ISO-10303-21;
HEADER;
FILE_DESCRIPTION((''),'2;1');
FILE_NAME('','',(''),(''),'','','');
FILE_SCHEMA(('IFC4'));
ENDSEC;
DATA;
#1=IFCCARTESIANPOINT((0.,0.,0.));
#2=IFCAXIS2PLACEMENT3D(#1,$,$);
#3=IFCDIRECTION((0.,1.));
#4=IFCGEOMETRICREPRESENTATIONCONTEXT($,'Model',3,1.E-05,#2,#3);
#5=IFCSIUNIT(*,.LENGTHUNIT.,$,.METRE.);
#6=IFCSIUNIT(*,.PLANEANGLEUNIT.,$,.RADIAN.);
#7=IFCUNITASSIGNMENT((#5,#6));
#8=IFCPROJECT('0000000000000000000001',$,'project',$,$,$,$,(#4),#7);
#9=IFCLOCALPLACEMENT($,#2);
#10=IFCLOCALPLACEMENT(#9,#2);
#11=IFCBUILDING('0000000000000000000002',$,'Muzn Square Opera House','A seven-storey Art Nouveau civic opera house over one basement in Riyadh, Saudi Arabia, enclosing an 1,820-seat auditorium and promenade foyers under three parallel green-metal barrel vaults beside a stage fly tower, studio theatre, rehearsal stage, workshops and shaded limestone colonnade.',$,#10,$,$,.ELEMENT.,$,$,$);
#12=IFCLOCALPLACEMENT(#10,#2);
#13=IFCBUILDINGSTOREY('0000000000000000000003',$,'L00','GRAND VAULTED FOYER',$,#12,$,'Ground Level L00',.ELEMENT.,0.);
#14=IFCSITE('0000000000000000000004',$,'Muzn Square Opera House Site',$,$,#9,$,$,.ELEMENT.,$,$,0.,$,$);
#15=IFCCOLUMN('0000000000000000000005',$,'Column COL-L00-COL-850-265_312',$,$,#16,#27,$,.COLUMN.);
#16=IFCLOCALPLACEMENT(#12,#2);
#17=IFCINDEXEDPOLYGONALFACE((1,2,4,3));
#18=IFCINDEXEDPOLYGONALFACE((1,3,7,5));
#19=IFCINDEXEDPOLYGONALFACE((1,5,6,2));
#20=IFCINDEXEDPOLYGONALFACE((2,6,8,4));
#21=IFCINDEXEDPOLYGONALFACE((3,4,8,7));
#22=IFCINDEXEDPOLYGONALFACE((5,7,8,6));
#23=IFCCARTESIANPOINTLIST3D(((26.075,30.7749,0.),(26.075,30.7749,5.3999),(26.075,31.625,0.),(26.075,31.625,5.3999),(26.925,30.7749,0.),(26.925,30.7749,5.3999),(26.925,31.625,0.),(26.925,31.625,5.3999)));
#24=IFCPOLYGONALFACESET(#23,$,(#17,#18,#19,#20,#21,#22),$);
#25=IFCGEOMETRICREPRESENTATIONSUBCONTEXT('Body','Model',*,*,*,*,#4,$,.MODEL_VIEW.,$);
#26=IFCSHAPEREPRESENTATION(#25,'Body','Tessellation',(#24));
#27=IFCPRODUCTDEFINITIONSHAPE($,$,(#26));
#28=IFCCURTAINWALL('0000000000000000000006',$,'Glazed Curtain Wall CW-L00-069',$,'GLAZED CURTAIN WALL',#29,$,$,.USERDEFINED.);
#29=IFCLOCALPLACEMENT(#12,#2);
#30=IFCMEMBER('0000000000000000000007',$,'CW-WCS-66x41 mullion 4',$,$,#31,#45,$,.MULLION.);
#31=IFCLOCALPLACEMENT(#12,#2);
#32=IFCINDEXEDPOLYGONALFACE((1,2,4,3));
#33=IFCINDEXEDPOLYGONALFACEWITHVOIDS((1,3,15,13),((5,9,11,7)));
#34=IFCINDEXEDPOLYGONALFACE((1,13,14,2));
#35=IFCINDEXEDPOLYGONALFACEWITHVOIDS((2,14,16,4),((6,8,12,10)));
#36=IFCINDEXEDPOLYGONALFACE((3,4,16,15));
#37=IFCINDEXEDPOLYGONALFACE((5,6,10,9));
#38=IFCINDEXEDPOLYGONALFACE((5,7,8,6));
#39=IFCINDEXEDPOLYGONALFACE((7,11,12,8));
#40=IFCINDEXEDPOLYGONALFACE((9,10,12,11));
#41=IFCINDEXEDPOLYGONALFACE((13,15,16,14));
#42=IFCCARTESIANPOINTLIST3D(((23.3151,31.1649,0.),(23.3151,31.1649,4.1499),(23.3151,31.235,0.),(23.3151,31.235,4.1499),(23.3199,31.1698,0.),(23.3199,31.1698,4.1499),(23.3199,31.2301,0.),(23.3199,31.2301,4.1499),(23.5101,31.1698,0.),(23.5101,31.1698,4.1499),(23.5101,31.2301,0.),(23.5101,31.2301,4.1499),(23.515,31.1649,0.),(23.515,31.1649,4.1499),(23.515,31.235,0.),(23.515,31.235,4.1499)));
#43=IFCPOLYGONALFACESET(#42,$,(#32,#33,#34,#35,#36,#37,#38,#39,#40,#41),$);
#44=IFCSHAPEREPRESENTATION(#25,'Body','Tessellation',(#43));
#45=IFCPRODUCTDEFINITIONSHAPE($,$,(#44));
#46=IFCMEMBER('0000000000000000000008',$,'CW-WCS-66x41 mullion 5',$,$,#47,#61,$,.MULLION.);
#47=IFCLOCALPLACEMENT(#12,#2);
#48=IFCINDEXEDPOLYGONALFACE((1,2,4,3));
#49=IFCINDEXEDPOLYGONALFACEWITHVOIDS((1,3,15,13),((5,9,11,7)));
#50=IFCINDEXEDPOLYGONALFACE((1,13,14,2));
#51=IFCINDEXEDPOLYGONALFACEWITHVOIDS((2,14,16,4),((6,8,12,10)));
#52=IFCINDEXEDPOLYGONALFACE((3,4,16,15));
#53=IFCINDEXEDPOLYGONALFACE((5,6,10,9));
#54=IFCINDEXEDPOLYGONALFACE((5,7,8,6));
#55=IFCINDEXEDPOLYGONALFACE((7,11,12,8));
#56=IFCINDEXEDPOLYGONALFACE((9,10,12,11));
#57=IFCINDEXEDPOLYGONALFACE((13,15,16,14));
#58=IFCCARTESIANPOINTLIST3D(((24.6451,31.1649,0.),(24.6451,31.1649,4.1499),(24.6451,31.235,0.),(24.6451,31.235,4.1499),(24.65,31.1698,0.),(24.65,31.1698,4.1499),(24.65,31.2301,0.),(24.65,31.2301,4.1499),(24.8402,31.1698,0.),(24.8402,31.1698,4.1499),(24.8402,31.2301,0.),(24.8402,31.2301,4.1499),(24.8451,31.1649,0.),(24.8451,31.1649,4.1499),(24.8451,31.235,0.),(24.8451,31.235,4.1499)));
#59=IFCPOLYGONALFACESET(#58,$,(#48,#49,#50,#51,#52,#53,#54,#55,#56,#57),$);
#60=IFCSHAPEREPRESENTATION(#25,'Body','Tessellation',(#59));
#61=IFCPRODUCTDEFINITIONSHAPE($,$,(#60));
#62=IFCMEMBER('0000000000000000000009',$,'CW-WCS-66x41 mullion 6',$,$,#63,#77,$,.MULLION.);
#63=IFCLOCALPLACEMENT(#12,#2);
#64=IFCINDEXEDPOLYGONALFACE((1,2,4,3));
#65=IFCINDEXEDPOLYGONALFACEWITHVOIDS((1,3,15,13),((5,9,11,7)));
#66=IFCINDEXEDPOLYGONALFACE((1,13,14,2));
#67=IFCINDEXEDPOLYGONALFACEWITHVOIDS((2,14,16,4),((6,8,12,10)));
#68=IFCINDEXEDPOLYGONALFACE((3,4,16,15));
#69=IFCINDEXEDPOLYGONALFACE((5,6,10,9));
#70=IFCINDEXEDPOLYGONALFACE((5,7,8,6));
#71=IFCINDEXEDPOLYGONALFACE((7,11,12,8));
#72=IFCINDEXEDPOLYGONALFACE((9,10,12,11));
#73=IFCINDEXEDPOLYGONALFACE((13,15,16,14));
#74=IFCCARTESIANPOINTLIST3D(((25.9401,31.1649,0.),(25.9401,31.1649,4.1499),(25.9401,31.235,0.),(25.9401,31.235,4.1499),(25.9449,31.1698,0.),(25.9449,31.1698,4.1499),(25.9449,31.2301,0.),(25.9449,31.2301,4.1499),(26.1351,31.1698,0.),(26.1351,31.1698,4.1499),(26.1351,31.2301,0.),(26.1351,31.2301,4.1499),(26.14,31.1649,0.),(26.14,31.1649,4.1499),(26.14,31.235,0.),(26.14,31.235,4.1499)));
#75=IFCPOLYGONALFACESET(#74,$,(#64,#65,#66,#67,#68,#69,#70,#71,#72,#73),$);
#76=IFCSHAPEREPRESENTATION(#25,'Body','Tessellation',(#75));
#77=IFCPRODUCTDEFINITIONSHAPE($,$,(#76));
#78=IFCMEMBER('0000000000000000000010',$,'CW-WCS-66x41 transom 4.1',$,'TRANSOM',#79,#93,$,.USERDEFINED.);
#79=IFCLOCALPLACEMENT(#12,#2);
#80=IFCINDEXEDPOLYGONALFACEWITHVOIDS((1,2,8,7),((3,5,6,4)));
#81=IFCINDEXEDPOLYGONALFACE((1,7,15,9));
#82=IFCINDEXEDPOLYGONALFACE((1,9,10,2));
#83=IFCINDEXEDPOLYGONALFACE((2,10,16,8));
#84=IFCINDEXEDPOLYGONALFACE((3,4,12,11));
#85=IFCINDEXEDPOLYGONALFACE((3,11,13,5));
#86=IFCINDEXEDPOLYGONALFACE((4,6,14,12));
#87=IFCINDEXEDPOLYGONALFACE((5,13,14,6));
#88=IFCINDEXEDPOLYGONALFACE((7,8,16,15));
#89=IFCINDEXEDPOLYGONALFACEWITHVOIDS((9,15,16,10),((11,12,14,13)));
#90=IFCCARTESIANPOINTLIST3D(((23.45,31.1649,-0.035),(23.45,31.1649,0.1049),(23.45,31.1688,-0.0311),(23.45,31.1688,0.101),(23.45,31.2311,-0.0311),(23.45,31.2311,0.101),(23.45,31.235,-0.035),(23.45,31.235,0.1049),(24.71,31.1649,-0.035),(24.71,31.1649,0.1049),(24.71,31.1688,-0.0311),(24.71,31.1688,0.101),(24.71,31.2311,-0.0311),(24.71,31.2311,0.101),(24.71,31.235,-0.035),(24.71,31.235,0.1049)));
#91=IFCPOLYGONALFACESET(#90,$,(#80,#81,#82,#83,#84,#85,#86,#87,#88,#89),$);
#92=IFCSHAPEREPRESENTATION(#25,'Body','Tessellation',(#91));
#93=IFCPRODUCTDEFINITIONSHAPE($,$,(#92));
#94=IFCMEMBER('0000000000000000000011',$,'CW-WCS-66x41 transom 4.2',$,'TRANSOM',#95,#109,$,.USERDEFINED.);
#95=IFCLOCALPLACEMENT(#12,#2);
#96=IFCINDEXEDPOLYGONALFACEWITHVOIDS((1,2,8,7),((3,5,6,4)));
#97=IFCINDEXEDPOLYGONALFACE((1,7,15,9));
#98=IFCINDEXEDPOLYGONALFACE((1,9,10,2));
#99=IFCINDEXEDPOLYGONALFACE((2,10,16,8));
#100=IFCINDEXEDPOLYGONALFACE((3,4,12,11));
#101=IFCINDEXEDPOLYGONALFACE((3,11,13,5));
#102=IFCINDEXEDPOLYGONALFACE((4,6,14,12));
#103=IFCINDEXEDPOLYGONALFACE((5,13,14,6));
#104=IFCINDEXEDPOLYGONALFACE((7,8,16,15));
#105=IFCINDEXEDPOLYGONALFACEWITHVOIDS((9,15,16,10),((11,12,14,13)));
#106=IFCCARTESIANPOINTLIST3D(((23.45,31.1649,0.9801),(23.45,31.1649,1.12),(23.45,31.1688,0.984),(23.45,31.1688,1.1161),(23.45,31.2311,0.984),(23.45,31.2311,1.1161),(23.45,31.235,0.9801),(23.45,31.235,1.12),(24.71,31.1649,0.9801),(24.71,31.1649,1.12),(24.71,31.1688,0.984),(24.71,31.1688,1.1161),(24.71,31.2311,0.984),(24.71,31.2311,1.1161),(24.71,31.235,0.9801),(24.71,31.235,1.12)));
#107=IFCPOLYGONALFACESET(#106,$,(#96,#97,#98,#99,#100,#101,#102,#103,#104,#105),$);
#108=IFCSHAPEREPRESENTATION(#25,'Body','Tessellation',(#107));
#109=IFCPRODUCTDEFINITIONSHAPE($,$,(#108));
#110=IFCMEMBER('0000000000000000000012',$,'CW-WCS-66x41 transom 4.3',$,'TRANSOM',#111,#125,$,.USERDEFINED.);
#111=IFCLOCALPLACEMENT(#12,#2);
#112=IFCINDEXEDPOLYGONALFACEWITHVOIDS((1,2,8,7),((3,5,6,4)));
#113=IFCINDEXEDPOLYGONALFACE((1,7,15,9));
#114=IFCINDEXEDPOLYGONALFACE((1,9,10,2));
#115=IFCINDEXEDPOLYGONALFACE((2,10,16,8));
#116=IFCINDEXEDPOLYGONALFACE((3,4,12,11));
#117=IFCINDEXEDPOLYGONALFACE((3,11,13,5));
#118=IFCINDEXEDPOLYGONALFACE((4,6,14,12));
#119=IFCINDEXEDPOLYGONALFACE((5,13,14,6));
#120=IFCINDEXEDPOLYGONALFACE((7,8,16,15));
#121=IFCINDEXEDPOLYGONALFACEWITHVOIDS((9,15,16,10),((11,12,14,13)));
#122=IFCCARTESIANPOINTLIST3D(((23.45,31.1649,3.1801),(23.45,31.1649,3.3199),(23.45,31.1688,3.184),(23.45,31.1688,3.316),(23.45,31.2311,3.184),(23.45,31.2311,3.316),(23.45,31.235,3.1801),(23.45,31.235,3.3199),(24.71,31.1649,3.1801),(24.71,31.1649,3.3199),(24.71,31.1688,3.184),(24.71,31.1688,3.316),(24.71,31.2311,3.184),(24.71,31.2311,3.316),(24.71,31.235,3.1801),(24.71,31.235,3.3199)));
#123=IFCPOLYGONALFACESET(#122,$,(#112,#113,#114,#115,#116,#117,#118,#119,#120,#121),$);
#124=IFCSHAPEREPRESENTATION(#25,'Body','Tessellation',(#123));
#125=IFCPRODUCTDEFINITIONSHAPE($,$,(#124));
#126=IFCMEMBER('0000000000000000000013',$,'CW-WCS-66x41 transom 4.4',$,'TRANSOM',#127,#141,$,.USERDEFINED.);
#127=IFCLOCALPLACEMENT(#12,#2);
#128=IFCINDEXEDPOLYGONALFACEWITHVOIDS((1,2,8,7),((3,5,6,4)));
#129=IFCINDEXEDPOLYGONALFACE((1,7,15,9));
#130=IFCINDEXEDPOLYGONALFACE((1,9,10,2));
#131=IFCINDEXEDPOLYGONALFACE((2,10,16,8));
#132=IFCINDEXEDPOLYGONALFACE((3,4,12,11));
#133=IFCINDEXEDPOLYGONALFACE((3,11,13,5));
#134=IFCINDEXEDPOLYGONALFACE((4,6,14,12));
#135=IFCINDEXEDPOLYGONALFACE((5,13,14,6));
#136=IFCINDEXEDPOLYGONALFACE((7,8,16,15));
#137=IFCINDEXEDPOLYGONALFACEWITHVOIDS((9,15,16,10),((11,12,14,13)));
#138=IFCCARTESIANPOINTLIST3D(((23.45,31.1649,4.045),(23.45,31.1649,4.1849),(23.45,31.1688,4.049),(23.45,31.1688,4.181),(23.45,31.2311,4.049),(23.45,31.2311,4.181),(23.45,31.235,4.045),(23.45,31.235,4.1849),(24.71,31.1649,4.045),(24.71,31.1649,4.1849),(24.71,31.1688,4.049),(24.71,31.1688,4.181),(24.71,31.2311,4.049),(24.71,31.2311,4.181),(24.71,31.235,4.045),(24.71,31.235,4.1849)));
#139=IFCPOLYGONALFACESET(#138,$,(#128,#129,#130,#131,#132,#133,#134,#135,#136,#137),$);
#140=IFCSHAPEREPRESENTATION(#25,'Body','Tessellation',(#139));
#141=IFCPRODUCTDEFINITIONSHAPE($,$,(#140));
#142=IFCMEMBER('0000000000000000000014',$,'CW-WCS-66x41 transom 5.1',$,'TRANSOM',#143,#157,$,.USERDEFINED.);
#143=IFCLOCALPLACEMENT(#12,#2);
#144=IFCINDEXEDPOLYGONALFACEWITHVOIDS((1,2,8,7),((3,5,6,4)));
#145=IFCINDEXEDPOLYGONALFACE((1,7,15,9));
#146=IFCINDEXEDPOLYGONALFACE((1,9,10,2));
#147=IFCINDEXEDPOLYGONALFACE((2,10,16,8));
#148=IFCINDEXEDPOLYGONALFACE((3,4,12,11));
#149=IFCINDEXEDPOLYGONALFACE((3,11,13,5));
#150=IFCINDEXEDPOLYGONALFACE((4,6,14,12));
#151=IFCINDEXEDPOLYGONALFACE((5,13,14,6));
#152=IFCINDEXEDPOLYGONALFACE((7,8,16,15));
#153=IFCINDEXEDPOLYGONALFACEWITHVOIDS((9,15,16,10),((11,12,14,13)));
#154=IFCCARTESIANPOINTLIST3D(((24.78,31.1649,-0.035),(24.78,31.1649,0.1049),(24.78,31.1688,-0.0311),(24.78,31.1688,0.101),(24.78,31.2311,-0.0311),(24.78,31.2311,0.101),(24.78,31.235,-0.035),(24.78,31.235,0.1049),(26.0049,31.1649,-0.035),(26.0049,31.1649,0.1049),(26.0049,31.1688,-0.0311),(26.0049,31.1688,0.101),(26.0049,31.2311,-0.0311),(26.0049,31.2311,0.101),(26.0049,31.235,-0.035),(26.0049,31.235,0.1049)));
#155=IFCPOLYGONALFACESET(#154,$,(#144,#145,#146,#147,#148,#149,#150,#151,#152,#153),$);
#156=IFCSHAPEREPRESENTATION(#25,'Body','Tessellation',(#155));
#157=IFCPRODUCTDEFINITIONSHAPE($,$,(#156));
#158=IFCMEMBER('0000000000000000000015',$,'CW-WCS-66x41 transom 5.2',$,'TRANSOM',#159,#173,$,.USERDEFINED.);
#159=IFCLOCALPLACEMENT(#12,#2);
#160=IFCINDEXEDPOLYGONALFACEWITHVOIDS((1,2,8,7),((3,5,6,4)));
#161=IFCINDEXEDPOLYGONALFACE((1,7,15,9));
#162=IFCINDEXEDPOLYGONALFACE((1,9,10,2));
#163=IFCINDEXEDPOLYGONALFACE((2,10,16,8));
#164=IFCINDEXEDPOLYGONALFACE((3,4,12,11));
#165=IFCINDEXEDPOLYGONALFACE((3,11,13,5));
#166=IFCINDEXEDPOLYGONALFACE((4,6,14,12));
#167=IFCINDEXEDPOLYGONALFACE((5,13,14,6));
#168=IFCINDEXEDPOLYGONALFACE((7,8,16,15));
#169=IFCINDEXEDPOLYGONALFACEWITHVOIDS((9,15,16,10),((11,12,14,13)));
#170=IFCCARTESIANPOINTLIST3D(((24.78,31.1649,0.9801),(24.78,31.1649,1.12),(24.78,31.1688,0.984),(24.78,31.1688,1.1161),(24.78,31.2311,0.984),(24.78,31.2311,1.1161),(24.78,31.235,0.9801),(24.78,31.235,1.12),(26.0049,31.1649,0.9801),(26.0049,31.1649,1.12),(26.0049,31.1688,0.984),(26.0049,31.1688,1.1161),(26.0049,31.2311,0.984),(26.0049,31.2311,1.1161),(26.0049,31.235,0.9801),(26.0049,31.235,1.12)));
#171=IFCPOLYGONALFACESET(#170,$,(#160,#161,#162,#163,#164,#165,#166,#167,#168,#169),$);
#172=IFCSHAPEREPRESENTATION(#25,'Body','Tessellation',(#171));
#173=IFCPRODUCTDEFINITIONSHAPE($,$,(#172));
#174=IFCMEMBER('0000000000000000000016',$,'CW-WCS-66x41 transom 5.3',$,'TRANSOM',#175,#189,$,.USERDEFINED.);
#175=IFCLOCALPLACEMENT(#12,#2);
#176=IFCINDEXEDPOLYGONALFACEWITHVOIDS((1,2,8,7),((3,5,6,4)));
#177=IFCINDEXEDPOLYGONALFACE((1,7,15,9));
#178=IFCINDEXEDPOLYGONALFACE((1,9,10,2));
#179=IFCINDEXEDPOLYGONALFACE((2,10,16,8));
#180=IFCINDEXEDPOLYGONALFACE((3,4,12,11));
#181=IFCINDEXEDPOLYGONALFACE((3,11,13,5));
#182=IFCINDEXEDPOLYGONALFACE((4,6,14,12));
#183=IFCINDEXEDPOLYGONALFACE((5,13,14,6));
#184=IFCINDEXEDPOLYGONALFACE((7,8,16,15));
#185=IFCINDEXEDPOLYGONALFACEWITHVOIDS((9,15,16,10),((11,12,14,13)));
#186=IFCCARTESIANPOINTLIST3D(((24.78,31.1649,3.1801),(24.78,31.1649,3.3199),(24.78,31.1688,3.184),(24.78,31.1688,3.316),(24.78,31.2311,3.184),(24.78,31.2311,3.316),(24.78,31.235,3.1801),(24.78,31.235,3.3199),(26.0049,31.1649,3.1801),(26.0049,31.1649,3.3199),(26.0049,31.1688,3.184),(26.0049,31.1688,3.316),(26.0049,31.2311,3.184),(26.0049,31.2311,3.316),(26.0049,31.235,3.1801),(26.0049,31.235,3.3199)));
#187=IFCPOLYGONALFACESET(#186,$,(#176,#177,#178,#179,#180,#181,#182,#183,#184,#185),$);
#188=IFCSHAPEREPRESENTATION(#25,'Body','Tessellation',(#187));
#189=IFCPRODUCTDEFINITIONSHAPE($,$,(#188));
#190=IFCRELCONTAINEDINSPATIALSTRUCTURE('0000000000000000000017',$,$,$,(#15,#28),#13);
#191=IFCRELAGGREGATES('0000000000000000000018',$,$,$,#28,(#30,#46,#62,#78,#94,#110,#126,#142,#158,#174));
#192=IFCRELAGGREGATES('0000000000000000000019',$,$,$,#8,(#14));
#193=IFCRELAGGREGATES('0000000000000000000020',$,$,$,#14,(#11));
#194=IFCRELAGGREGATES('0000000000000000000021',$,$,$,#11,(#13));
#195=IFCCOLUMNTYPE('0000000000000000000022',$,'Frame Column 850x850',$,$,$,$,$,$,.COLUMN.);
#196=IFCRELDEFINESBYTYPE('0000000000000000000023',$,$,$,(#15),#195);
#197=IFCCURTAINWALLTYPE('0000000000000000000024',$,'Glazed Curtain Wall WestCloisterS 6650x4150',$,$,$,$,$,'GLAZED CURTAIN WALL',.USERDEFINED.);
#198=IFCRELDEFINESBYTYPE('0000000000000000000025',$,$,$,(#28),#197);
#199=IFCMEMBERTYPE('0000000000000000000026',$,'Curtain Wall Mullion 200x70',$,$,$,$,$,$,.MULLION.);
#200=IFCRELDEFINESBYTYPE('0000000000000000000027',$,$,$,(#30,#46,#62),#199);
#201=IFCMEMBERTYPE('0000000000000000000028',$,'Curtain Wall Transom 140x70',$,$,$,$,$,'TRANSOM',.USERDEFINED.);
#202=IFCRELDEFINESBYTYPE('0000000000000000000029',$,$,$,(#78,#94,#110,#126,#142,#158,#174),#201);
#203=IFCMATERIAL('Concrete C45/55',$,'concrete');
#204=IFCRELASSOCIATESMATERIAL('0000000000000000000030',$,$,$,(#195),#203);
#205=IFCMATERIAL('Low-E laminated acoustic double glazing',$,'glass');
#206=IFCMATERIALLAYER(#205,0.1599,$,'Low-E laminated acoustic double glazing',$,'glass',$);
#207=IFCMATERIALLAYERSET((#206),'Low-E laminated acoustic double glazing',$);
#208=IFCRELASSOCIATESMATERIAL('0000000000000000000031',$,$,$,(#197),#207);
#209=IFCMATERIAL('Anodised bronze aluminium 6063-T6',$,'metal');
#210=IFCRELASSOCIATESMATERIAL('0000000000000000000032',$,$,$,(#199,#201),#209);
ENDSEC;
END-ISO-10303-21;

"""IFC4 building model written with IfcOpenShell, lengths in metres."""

from ifc_helpers import new_model, si_unit, direction, frame, origin, origin_2d, place, context, subcontext, project, spatial, rectangle, hollow_rectangle, extrude, material, layer, layer_set, material_profile, profile_set, type_object, element, aggregate, save


model = new_model("IFC4")

# Units and contexts
model_context = context("Model", 3, precision=1e-05, world=origin(), true_north=direction((0.0, 1.0)))
body_context = subcontext(model_context, "Body", "Model", "MODEL_VIEW")
ifc_project = project(units=[si_unit("LENGTHUNIT", "METRE"), si_unit("PLANEANGLEUNIT", "RADIAN")], contexts=[model_context])

# Site, building, storey
site_placement = place(None, origin())
site = spatial("IfcSite", under=ifc_project, at=site_placement, Name="Muzn Square Opera House Site", CompositionType="ELEMENT", RefElevation=0.0)
building_placement = place(site_placement, origin())
building = spatial("IfcBuilding", under=site, at=building_placement, Name="Muzn Square Opera House", Description="A seven-storey Art Nouveau civic opera house over one basement in Riyadh, Saudi Arabia, enclosing an 1,820-seat auditorium and promenade foyers under three parallel green-metal barrel vaults beside a stage fly tower, studio theatre, rehearsal stage, workshops and shaded limestone colonnade.", CompositionType="ELEMENT")
storey_placement = place(building_placement, origin())
storey = spatial("IfcBuildingStorey", under=building, at=storey_placement, Name="L00", Description="GRAND VAULTED FOYER", LongName="Ground Level L00", CompositionType="ELEMENT", Elevation=0.0)

# Column
ifc_material_1 = material(Name="Concrete C45/55", Category="concrete")
ifc_material_profile_1 = material_profile(ifc_material_1, rectangle(XDim=0.8501, YDim=0.8501, at=origin_2d()), Name="RC 850x850", Category="concrete")
ifc_profile_set_1 = profile_set([ifc_material_profile_1], Name="Concrete C45/55")
column_type = type_object("IfcColumnType", Name="Frame Column 850x850", PredefinedType="COLUMN", material=ifc_profile_set_1)
column_placement = place(storey_placement, frame((26.5, 31.2, 0.0), z_axis=(0.0, 0.0, 1.0), x_axis=(1.0, 0.0, 0.0)))
element("IfcColumn", 1, at=column_placement, inside=storey, type_object=column_type, Name="Column COL-L00-COL-850-265_312", PredefinedType="COLUMN", context=body_context, shape_type="SweptSolid", body=[
    extrude(rectangle(XDim=0.8501, YDim=0.8501, at=origin_2d()), origin(), (0.0, 0.0, 1.0), 5.3999),
])

# Curtain wall, members
ifc_material_2 = material(Name="Low-E laminated acoustic double glazing", Category="glass")
ifc_layer_1 = layer(ifc_material_2, 0.1599, Name="Low-E laminated acoustic double glazing", Category="glass")
ifc_layer_set_1 = layer_set([ifc_layer_1], Name="Low-E laminated acoustic double glazing")
curtain_wall_type = type_object("IfcCurtainWallType", Name="Glazed Curtain Wall WestCloisterS 6650x4150", ElementType="GLAZED CURTAIN WALL", PredefinedType="USERDEFINED", material=ifc_layer_set_1)
curtain_wall_placement = place(storey_placement, origin())
curtain_wall = element("IfcCurtainWall", 2, at=curtain_wall_placement, inside=storey, type_object=curtain_wall_type, Name="Glazed Curtain Wall CW-L00-069", ObjectType="GLAZED CURTAIN WALL", PredefinedType="USERDEFINED")
ifc_material_3 = material(Name="Anodised bronze aluminium 6063-T6", Category="metal")
ifc_material_profile_2 = material_profile(ifc_material_3, hollow_rectangle(XDim=0.0701, YDim=0.2, WallThickness=0.0049, at=origin_2d()), Name="ALU 200x70x5", Category="metal")
ifc_profile_set_2 = profile_set([ifc_material_profile_2], Name="Anodised bronze aluminium 6063-T6")
member_type_1 = type_object("IfcMemberType", Name="Curtain Wall Mullion 200x70", PredefinedType="MULLION", material=ifc_profile_set_2)
member_1_placement = place(storey_placement, frame((23.415, 31.2, 0.0), z_axis=(0.0, 0.0, 1.0), x_axis=(0.0, 1.0, 0.0)))
member_1 = element("IfcMember", 3, at=member_1_placement, type_object=member_type_1, Name="CW-WCS-66x41 mullion 4", PredefinedType="MULLION", context=body_context, shape_type="SweptSolid", body=[
    extrude(hollow_rectangle(XDim=0.0701, YDim=0.2, WallThickness=0.0049, at=origin_2d()), origin(), (0.0, 0.0, 1.0), 4.1499),
])
member_2_placement = place(storey_placement, frame((24.7451, 31.2, 0.0), z_axis=(0.0, 0.0, 1.0), x_axis=(0.0, 1.0, 0.0)))
member_2 = element("IfcMember", 4, at=member_2_placement, type_object=member_type_1, Name="CW-WCS-66x41 mullion 5", PredefinedType="MULLION", context=body_context, shape_type="SweptSolid", body=[
    extrude(hollow_rectangle(XDim=0.0701, YDim=0.2, WallThickness=0.0049, at=origin_2d()), origin(), (0.0, 0.0, 1.0), 4.1499),
])
member_3_placement = place(storey_placement, frame((26.04, 31.2, 0.0), z_axis=(0.0, 0.0, 1.0), x_axis=(0.0, 1.0, 0.0)))
member_3 = element("IfcMember", 5, at=member_3_placement, type_object=member_type_1, Name="CW-WCS-66x41 mullion 6", PredefinedType="MULLION", context=body_context, shape_type="SweptSolid", body=[
    extrude(hollow_rectangle(XDim=0.0701, YDim=0.2, WallThickness=0.0049, at=origin_2d()), origin(), (0.0, 0.0, 1.0), 4.1499),
])
ifc_material_profile_3 = material_profile(ifc_material_3, hollow_rectangle(XDim=0.0701, YDim=0.1399, WallThickness=0.0039, at=origin_2d()), Name="ALU 140x70x4", Category="metal")
ifc_profile_set_3 = profile_set([ifc_material_profile_3], Name="Anodised bronze aluminium 6063-T6")
member_type_2 = type_object("IfcMemberType", Name="Curtain Wall Transom 140x70", ElementType="TRANSOM", PredefinedType="USERDEFINED", material=ifc_profile_set_3)
member_4_placement = place(storey_placement, frame((23.45, 31.2, 0.0349), z_axis=(1.0, 0.0, 0.0), x_axis=(0.0, 1.0, 0.0)))
member_4 = element("IfcMember", 6, at=member_4_placement, type_object=member_type_2, Name="CW-WCS-66x41 transom 4.1", ObjectType="TRANSOM", PredefinedType="USERDEFINED", context=body_context, shape_type="SweptSolid", body=[
    extrude(hollow_rectangle(XDim=0.0701, YDim=0.1399, WallThickness=0.0039, at=origin_2d()), origin(), (0.0, 0.0, 1.0), 1.26),
])
member_5_placement = place(storey_placement, frame((23.45, 31.2, 1.05), z_axis=(1.0, 0.0, 0.0), x_axis=(0.0, 1.0, 0.0)))
member_5 = element("IfcMember", 7, at=member_5_placement, type_object=member_type_2, Name="CW-WCS-66x41 transom 4.2", ObjectType="TRANSOM", PredefinedType="USERDEFINED", context=body_context, shape_type="SweptSolid", body=[
    extrude(hollow_rectangle(XDim=0.0701, YDim=0.1399, WallThickness=0.0039, at=origin_2d()), origin(), (0.0, 0.0, 1.0), 1.26),
])
member_6_placement = place(storey_placement, frame((23.45, 31.2, 3.25), z_axis=(1.0, 0.0, 0.0), x_axis=(0.0, 1.0, 0.0)))
member_6 = element("IfcMember", 8, at=member_6_placement, type_object=member_type_2, Name="CW-WCS-66x41 transom 4.3", ObjectType="TRANSOM", PredefinedType="USERDEFINED", context=body_context, shape_type="SweptSolid", body=[
    extrude(hollow_rectangle(XDim=0.0701, YDim=0.1399, WallThickness=0.0039, at=origin_2d()), origin(), (0.0, 0.0, 1.0), 1.26),
])
member_7_placement = place(storey_placement, frame((23.45, 31.2, 4.115), z_axis=(1.0, 0.0, 0.0), x_axis=(0.0, 1.0, 0.0)))
member_7 = element("IfcMember", 9, at=member_7_placement, type_object=member_type_2, Name="CW-WCS-66x41 transom 4.4", ObjectType="TRANSOM", PredefinedType="USERDEFINED", context=body_context, shape_type="SweptSolid", body=[
    extrude(hollow_rectangle(XDim=0.0701, YDim=0.1399, WallThickness=0.0039, at=origin_2d()), origin(), (0.0, 0.0, 1.0), 1.26),
])
member_8_placement = place(storey_placement, frame((24.78, 31.2, 0.0349), z_axis=(1.0, 0.0, 0.0), x_axis=(0.0, 1.0, 0.0)))
member_8 = element("IfcMember", 10, at=member_8_placement, type_object=member_type_2, Name="CW-WCS-66x41 transom 5.1", ObjectType="TRANSOM", PredefinedType="USERDEFINED", context=body_context, shape_type="SweptSolid", body=[
    extrude(hollow_rectangle(XDim=0.0701, YDim=0.1399, WallThickness=0.0039, at=origin_2d()), origin(), (0.0, 0.0, 1.0), 1.2249),
])
member_9_placement = place(storey_placement, frame((24.78, 31.2, 1.05), z_axis=(1.0, 0.0, 0.0), x_axis=(0.0, 1.0, 0.0)))
member_9 = element("IfcMember", 11, at=member_9_placement, type_object=member_type_2, Name="CW-WCS-66x41 transom 5.2", ObjectType="TRANSOM", PredefinedType="USERDEFINED", context=body_context, shape_type="SweptSolid", body=[
    extrude(hollow_rectangle(XDim=0.0701, YDim=0.1399, WallThickness=0.0039, at=origin_2d()), origin(), (0.0, 0.0, 1.0), 1.2249),
])
member_10_placement = place(storey_placement, frame((24.78, 31.2, 3.25), z_axis=(1.0, 0.0, 0.0), x_axis=(0.0, 1.0, 0.0)))
member_10 = element("IfcMember", 12, at=member_10_placement, type_object=member_type_2, Name="CW-WCS-66x41 transom 5.3", ObjectType="TRANSOM", PredefinedType="USERDEFINED", context=body_context, shape_type="SweptSolid", body=[
    extrude(hollow_rectangle(XDim=0.0701, YDim=0.1399, WallThickness=0.0039, at=origin_2d()), origin(), (0.0, 0.0, 1.0), 1.2249),
])
aggregate(curtain_wall, [member_1, member_2, member_3, member_4, member_5, member_6, member_7, member_8, member_9, member_10])

save(model, "model.ifc")
